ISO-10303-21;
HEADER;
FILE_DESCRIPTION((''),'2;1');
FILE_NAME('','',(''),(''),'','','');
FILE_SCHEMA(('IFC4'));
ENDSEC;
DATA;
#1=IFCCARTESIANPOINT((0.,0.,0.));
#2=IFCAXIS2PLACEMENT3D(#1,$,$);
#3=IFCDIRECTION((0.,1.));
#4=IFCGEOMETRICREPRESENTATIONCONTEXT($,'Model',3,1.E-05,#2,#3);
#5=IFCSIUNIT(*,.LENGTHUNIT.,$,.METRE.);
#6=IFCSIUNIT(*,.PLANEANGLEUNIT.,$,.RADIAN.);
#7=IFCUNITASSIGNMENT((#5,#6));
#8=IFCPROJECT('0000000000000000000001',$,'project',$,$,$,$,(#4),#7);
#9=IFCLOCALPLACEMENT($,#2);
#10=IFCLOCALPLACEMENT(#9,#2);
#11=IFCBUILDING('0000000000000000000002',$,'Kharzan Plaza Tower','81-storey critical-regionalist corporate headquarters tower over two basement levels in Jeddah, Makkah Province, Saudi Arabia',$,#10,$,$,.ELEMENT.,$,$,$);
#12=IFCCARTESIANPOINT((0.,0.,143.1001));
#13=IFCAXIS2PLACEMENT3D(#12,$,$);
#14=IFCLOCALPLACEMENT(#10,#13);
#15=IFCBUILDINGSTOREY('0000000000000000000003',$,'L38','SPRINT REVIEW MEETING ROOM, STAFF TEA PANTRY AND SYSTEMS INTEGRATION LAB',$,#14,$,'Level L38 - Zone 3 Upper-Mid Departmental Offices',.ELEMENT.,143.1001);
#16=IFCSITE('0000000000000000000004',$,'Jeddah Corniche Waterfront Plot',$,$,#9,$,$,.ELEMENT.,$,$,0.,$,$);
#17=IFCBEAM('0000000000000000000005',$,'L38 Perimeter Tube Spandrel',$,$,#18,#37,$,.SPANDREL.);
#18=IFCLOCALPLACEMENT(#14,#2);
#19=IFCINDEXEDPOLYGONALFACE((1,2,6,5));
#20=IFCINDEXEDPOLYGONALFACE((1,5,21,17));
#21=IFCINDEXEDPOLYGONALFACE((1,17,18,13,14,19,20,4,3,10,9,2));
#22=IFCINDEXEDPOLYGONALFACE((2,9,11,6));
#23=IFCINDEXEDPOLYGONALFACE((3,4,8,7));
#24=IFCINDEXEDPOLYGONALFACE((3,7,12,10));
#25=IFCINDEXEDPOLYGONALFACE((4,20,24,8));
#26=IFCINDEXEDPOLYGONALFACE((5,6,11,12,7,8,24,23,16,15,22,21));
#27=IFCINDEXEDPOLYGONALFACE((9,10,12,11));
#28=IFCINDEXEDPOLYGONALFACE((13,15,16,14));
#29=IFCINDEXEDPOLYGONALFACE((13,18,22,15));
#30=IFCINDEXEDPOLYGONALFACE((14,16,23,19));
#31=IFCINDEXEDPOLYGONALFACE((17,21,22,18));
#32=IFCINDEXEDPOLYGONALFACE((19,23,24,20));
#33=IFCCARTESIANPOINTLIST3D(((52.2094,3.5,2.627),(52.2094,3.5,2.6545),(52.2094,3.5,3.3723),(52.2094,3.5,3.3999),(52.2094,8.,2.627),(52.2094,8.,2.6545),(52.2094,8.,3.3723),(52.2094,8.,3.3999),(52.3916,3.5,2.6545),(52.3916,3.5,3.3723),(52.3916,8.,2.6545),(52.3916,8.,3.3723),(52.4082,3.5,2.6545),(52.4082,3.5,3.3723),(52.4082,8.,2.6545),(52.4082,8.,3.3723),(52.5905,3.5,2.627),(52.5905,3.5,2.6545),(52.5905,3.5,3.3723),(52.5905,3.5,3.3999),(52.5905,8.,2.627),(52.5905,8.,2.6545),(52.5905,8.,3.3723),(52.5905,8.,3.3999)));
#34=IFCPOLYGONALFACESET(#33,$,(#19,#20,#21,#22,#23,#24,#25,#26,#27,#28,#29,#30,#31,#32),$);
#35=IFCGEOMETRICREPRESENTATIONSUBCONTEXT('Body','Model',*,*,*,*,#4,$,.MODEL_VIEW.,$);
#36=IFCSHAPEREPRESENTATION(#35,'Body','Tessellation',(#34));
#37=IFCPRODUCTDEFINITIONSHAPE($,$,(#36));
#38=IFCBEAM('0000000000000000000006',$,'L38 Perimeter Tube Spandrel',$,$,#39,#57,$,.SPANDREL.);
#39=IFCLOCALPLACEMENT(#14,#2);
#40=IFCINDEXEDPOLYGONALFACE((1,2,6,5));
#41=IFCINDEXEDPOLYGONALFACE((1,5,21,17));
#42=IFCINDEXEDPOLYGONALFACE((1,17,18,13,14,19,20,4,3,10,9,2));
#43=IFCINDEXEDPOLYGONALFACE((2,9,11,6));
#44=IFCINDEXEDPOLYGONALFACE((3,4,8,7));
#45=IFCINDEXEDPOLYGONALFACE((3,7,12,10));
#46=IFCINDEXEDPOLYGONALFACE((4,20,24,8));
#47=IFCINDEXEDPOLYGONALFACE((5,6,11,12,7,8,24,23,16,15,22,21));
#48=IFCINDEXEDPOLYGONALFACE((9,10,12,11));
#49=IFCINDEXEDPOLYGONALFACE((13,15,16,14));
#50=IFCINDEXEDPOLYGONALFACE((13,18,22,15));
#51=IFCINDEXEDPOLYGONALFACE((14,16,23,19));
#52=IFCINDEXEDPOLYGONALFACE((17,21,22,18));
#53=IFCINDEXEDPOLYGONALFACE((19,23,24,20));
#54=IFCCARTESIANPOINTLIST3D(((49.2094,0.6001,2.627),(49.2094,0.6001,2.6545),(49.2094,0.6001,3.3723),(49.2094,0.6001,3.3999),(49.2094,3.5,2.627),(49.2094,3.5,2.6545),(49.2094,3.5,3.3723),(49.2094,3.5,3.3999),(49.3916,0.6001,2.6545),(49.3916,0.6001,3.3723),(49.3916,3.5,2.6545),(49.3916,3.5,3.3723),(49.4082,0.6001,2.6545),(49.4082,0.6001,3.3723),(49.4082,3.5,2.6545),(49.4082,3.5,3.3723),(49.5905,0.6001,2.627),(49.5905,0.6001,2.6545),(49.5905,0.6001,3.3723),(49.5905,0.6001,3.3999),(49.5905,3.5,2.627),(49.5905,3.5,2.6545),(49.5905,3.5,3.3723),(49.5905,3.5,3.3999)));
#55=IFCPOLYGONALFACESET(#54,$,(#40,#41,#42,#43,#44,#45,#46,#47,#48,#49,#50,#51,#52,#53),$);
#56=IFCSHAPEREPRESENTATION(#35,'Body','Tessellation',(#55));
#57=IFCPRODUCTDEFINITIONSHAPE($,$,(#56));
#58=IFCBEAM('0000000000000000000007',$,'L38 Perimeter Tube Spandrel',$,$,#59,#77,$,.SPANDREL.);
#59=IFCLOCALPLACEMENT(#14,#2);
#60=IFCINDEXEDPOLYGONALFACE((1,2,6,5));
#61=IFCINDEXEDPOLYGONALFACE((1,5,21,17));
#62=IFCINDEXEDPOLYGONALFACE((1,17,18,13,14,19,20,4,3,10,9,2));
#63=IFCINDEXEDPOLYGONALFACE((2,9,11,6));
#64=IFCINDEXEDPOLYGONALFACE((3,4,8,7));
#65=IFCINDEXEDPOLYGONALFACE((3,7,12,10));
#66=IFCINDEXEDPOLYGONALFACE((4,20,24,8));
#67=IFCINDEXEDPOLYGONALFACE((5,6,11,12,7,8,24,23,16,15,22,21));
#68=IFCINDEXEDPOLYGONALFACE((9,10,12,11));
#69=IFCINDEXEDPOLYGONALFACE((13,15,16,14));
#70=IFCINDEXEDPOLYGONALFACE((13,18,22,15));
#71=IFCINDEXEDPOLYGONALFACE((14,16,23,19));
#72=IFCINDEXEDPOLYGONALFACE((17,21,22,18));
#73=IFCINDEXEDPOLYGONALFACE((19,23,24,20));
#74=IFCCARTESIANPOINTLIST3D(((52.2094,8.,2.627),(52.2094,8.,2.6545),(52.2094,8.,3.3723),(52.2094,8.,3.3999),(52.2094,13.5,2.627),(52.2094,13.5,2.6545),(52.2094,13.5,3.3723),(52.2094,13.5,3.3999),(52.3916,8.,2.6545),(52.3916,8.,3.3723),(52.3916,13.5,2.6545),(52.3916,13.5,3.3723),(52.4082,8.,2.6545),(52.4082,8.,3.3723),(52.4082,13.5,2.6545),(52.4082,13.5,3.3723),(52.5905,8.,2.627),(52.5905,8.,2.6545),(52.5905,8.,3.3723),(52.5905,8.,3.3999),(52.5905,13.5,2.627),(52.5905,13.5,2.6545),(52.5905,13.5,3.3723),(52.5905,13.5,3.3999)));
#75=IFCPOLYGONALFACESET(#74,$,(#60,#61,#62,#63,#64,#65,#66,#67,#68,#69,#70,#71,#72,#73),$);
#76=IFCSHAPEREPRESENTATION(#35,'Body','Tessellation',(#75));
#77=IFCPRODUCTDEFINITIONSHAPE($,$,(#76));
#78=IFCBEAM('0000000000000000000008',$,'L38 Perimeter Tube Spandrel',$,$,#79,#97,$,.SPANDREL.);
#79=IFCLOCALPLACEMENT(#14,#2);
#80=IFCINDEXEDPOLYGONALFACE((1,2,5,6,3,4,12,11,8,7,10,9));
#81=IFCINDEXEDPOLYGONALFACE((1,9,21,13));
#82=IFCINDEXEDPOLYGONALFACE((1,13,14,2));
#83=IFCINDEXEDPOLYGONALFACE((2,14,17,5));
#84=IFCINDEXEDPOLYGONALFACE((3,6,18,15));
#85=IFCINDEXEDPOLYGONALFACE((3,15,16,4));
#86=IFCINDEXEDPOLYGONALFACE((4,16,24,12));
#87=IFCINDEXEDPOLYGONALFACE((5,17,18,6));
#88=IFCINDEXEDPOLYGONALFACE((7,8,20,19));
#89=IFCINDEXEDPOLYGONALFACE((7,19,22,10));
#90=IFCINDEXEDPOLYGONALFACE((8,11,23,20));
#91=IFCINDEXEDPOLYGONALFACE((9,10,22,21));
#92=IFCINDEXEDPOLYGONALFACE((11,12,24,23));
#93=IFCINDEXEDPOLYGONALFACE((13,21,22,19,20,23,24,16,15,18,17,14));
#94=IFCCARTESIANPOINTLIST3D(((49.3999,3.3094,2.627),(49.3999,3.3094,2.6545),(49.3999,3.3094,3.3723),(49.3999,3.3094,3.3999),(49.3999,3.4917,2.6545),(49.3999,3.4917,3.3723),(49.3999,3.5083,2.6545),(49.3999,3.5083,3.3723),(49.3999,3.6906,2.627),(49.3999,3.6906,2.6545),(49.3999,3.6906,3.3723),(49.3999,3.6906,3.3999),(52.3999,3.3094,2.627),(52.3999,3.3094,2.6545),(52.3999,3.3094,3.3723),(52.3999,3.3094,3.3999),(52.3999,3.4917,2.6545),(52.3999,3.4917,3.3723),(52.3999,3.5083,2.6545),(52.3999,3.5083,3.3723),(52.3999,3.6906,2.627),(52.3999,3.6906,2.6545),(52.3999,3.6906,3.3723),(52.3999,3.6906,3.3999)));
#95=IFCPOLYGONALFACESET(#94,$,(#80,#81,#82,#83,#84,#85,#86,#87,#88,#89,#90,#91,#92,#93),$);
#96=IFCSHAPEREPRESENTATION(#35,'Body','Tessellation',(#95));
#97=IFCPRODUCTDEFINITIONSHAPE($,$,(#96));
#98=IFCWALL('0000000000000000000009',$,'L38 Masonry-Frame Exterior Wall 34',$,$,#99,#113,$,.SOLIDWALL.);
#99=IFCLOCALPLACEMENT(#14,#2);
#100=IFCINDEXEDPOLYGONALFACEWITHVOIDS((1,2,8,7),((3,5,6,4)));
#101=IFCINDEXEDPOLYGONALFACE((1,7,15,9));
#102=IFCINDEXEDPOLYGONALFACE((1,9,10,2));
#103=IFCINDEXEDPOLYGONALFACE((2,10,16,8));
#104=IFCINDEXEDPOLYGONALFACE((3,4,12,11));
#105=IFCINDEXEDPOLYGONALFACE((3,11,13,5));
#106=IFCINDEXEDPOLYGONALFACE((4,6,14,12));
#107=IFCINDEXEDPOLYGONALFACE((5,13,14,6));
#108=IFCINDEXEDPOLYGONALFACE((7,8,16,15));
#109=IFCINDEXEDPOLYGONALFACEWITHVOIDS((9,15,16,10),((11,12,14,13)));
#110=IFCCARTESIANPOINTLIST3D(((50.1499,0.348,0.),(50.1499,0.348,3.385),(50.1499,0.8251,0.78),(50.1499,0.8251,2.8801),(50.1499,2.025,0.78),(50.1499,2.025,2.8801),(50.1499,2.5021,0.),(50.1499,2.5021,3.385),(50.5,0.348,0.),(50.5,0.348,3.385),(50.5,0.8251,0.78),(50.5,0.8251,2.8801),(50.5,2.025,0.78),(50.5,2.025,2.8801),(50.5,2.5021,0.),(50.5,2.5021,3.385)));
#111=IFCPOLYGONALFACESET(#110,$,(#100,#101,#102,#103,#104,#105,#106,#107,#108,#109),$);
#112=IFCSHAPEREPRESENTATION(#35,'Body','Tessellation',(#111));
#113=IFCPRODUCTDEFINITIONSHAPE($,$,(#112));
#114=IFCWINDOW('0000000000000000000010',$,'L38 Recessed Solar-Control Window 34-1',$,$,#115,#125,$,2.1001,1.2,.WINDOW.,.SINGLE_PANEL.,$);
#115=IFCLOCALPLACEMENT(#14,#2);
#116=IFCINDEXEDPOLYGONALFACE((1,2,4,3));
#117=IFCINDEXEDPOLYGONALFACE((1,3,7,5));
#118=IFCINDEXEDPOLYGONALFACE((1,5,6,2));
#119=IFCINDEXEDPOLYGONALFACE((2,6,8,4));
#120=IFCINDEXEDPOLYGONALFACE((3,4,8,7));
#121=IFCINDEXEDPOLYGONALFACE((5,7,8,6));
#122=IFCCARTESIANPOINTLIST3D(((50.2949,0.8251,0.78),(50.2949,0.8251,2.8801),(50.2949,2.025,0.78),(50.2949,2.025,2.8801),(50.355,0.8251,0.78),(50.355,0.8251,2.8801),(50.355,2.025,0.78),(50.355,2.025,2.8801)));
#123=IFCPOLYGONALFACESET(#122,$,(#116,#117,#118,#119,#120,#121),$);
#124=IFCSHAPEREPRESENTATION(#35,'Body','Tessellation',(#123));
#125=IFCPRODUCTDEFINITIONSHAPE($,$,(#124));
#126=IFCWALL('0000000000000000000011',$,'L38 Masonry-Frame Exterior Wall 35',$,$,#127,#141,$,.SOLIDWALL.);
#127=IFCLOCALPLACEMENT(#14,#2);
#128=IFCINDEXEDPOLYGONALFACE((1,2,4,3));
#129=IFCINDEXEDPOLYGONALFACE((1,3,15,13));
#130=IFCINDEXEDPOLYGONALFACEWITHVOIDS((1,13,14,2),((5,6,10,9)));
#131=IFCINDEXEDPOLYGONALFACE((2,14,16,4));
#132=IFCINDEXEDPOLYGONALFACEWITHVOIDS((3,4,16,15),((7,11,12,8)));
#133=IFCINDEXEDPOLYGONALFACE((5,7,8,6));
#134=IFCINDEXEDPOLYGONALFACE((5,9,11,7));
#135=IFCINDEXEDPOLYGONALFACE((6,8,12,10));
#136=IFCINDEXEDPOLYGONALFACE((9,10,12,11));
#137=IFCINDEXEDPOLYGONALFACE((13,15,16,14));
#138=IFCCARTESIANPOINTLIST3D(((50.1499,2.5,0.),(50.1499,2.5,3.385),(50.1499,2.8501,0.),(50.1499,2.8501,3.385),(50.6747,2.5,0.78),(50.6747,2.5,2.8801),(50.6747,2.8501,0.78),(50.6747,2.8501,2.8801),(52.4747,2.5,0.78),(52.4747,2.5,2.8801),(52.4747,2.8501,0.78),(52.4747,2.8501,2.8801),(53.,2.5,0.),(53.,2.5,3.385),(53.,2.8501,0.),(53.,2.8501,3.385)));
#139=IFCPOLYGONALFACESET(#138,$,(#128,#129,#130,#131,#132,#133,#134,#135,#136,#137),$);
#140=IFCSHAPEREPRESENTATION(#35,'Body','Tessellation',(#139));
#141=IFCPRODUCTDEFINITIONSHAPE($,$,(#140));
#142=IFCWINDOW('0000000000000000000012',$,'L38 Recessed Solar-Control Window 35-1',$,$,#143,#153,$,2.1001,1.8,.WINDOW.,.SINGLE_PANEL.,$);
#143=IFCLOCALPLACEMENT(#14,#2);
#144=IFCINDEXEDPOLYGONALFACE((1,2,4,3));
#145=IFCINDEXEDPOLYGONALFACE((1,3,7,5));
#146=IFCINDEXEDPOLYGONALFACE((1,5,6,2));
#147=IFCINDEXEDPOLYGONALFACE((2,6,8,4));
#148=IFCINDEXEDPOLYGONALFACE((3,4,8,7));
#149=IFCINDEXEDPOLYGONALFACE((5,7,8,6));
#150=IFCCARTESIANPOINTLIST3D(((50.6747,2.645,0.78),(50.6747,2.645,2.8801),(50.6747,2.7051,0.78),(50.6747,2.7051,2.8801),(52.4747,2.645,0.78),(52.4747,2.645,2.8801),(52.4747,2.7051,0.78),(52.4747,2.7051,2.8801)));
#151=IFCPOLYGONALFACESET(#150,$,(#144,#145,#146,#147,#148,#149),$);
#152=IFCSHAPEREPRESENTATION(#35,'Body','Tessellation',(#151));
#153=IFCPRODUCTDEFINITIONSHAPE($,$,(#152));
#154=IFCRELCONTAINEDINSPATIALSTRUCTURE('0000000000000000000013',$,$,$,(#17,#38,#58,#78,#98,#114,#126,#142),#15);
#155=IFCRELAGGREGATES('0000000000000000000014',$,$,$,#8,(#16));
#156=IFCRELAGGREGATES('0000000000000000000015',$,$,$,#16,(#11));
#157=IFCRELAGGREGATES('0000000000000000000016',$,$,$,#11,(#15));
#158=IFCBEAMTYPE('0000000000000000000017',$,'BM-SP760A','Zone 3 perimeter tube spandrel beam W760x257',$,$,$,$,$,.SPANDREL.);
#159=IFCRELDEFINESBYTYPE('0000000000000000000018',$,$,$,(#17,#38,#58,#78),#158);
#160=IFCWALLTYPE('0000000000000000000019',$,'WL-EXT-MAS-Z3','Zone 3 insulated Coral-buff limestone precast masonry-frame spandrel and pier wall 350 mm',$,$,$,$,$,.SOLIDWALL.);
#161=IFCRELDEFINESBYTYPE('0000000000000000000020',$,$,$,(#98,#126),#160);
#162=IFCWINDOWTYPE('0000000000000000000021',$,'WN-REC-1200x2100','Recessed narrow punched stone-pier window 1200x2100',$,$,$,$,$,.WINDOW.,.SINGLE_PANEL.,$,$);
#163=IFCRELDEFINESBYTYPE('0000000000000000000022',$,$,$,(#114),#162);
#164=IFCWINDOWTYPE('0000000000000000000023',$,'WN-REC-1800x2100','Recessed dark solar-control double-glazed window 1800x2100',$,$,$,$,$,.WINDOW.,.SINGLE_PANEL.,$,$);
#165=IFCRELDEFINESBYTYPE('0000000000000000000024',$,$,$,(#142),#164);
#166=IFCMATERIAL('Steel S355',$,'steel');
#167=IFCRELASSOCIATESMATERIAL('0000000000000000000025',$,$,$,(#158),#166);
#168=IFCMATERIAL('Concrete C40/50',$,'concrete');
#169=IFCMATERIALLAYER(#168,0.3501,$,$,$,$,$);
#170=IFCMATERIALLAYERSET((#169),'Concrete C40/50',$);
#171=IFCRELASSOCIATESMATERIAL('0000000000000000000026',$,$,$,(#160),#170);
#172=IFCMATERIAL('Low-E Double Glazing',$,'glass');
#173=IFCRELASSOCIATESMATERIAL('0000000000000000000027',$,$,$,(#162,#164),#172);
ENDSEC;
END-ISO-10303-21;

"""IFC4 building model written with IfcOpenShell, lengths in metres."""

from ifc_helpers import new_model, si_unit, direction, frame, frame_2d, origin, origin_2d, place, context, subcontext, project, spatial, rectangle, i_section, extrude, source, transform, mapped, material, layer, layer_set, material_profile, profile_set, type_object, element, fill, save


model = new_model("IFC4")

# Units and contexts
model_context = context("Model", 3, precision=1e-05, world=origin(), true_north=direction((0.0, 1.0)))
body_context = subcontext(model_context, "Body", "Model", "MODEL_VIEW")
ifc_project = project(units=[si_unit("LENGTHUNIT", "METRE"), si_unit("PLANEANGLEUNIT", "RADIAN")], contexts=[model_context])

# Site, building, storey
site_placement = place(None, origin())
site = spatial("IfcSite", under=ifc_project, at=site_placement, Name="Jeddah Corniche Waterfront Plot", CompositionType="ELEMENT", RefElevation=0.0)
building_placement = place(site_placement, origin())
building = spatial("IfcBuilding", under=site, at=building_placement, Name="Kharzan Plaza Tower", Description="81-storey critical-regionalist corporate headquarters tower over two basement levels in Jeddah, Makkah Province, Saudi Arabia", CompositionType="ELEMENT")
storey_placement = place(building_placement, frame((0.0, 0.0, 143.1001)))
storey = spatial("IfcBuildingStorey", under=building, at=storey_placement, Name="L38", Description="SPRINT REVIEW MEETING ROOM, STAFF TEA PANTRY AND SYSTEMS INTEGRATION LAB", LongName="Level L38 - Zone 3 Upper-Mid Departmental Offices", CompositionType="ELEMENT", Elevation=143.1001)

# Beams
ifc_material_1 = material(Name="Steel S355", Category="steel")
ifc_material_profile_1 = material_profile(ifc_material_1, i_section(OverallWidth=0.3811, OverallDepth=0.7729, WebThickness=0.0166, FlangeThickness=0.0276, at=origin_2d()), Name="W760x257")
ifc_profile_set_1 = profile_set([ifc_material_profile_1], Name="Steel S355")
beam_type_1 = type_object("IfcBeamType", Name="BM-SP760A", Description="Zone 3 perimeter tube spandrel beam W760x257", PredefinedType="SPANDREL", material=ifc_profile_set_1)
shared_shape_1 = source(origin(), body_context, "Body", "SweptSolid", [
    extrude(i_section(OverallWidth=0.3811, OverallDepth=0.7729, WebThickness=0.0166, FlangeThickness=0.0276, at=origin_2d()), origin(), (0.0, 0.0, 1.0), 4.5),
])
beam_1_placement = place(storey_placement, frame((52.3999, 3.5, 3.0134), z_axis=(0.0, 1.0, 0.0), x_axis=(-1.0, 0.0, 0.0)))
element("IfcBeam", 1, at=beam_1_placement, inside=storey, type_object=beam_type_1, Name="L38 Perimeter Tube Spandrel", PredefinedType="SPANDREL", context=body_context, shape_type="MappedRepresentation", body=[
    mapped(shared_shape_1, transform((0.0, 0.0, 0.0), x_axis=(1.0, 0.0, 0.0), y_axis=(0.0, 1.0, 0.0), z_axis=(0.0, 0.0, 1.0))),
])
shared_shape_2 = source(origin(), body_context, "Body", "SweptSolid", [
    extrude(i_section(OverallWidth=0.3811, OverallDepth=0.7729, WebThickness=0.0166, FlangeThickness=0.0276, at=origin_2d()), origin(), (0.0, 0.0, 1.0), 2.8999),
])
beam_2_placement = place(storey_placement, frame((49.3999, 0.6001, 3.0134), z_axis=(0.0, 1.0, 0.0), x_axis=(-1.0, 0.0, 0.0)))
element("IfcBeam", 2, at=beam_2_placement, inside=storey, type_object=beam_type_1, Name="L38 Perimeter Tube Spandrel", PredefinedType="SPANDREL", context=body_context, shape_type="MappedRepresentation", body=[
    mapped(shared_shape_2, transform((0.0, 0.0, 0.0), x_axis=(1.0, 0.0, 0.0), y_axis=(0.0, 1.0, 0.0), z_axis=(0.0, 0.0, 1.0))),
])
shared_shape_3 = source(origin(), body_context, "Body", "SweptSolid", [
    extrude(i_section(OverallWidth=0.3811, OverallDepth=0.7729, WebThickness=0.0166, FlangeThickness=0.0276, at=origin_2d()), origin(), (0.0, 0.0, 1.0), 5.5),
])
beam_3_placement = place(storey_placement, frame((52.3999, 8.0, 3.0134), z_axis=(0.0, 1.0, 0.0), x_axis=(-1.0, 0.0, 0.0)))
element("IfcBeam", 3, at=beam_3_placement, inside=storey, type_object=beam_type_1, Name="L38 Perimeter Tube Spandrel", PredefinedType="SPANDREL", context=body_context, shape_type="MappedRepresentation", body=[
    mapped(shared_shape_3, transform((0.0, 0.0, 0.0), x_axis=(1.0, 0.0, 0.0), y_axis=(0.0, 1.0, 0.0), z_axis=(0.0, 0.0, 1.0))),
])
shared_shape_4 = source(origin(), body_context, "Body", "SweptSolid", [
    extrude(i_section(OverallWidth=0.3811, OverallDepth=0.7729, WebThickness=0.0166, FlangeThickness=0.0276, at=origin_2d()), origin(), (0.0, 0.0, 1.0), 3.0),
])
beam_4_placement = place(storey_placement, frame((49.3999, 3.5, 3.0134), z_axis=(1.0, 0.0, 0.0), x_axis=(0.0, 1.0, 0.0)))
element("IfcBeam", 4, at=beam_4_placement, inside=storey, type_object=beam_type_1, Name="L38 Perimeter Tube Spandrel", PredefinedType="SPANDREL", context=body_context, shape_type="MappedRepresentation", body=[
    mapped(shared_shape_4, transform((0.0, 0.0, 0.0), x_axis=(1.0, 0.0, 0.0), y_axis=(0.0, 1.0, 0.0), z_axis=(0.0, 0.0, 1.0))),
])

# Walls, openings, windows
ifc_material_2 = material(Name="Concrete C40/50", Category="concrete")
ifc_layer_1 = layer(ifc_material_2, 0.3501)
ifc_layer_set_1 = layer_set([ifc_layer_1], Name="Concrete C40/50")
wall_type_1 = type_object("IfcWallType", Name="WL-EXT-MAS-Z3", Description="Zone 3 insulated Coral-buff limestone precast masonry-frame spandrel and pier wall 350 mm", PredefinedType="SOLIDWALL", material=ifc_layer_set_1)
wall_1_placement = place(storey_placement, frame((50.325, 0.3479, 0.0), z_axis=(0.0, 0.0, 1.0), x_axis=(0.0, 1.0, 0.0)))
wall_1 = element("IfcWall", 5, at=wall_1_placement, inside=storey, type_object=wall_type_1, Name="L38 Masonry-Frame Exterior Wall 34", PredefinedType="SOLIDWALL", context=body_context, shape_type="SweptSolid", body=[
    extrude(rectangle(XDim=2.1541, YDim=0.3501, at=frame_2d((1.0771, 0.0))), origin(), (0.0, 0.0, 1.0), 3.385),
])
opening_1_placement = place(wall_1_placement, frame((0.4771, 0.0, 0.78)))
opening_1 = element("IfcOpeningElement", 6, at=opening_1_placement, cuts=wall_1, PredefinedType="OPENING", context=body_context, shape_type="SweptSolid", body=[
    extrude(rectangle(XDim=1.2, YDim=2.1001, at=frame_2d((0.6001, 1.05))), frame((0.0, 0.1851, 0.0), z_axis=(0.0, -1.0, 0.0), x_axis=(1.0, 0.0, 0.0)), (0.0, 0.0, 1.0), 0.3701),
])
ifc_material_3 = material(Name="Low-E Double Glazing", Category="glass")
window_type_1 = type_object("IfcWindowType", Name="WN-REC-1200x2100", Description="Recessed narrow punched stone-pier window 1200x2100", PartitioningType="SINGLE_PANEL", PredefinedType="WINDOW", material=ifc_material_3)
shared_shape_5 = source(origin(), body_context, "Body", "SweptSolid", [
    extrude(rectangle(XDim=1.2, YDim=2.1001, at=frame_2d((0.6001, 1.05))), frame((0.0, 0.03, 0.0), z_axis=(0.0, -1.0, 0.0), x_axis=(1.0, 0.0, 0.0)), (0.0, 0.0, 1.0), 0.0601),
])
window_1_placement = place(opening_1_placement, origin())
window_1 = element("IfcWindow", 7, at=window_1_placement, inside=storey, type_object=window_type_1, Name="L38 Recessed Solar-Control Window 34-1", OverallHeight=2.1001, OverallWidth=1.2, PartitioningType="SINGLE_PANEL", PredefinedType="WINDOW", context=body_context, shape_type="MappedRepresentation", body=[
    mapped(shared_shape_5, transform((0.0, 0.0, 0.0), x_axis=(1.0, 0.0, 0.0), y_axis=(0.0, 1.0, 0.0), z_axis=(0.0, 0.0, 1.0))),
])
fill(opening_1, window_1)
wall_2_placement = place(storey_placement, frame((50.1499, 2.675, 0.0), z_axis=(0.0, 0.0, 1.0), x_axis=(1.0, 0.0, 0.0)))
wall_2 = element("IfcWall", 8, at=wall_2_placement, inside=storey, type_object=wall_type_1, Name="L38 Masonry-Frame Exterior Wall 35", PredefinedType="SOLIDWALL", context=body_context, shape_type="SweptSolid", body=[
    extrude(rectangle(XDim=2.8501, YDim=0.3501, at=frame_2d((1.425, 0.0))), origin(), (0.0, 0.0, 1.0), 3.385),
])
opening_2_placement = place(wall_2_placement, frame((0.5249, 0.0, 0.78)))
opening_2 = element("IfcOpeningElement", 9, at=opening_2_placement, cuts=wall_2, PredefinedType="OPENING", context=body_context, shape_type="SweptSolid", body=[
    extrude(rectangle(XDim=1.8, YDim=2.1001, at=frame_2d((0.8999, 1.05))), frame((0.0, 0.1851, 0.0), z_axis=(0.0, -1.0, 0.0), x_axis=(1.0, 0.0, 0.0)), (0.0, 0.0, 1.0), 0.3701),
])
window_type_2 = type_object("IfcWindowType", Name="WN-REC-1800x2100", Description="Recessed dark solar-control double-glazed window 1800x2100", PartitioningType="SINGLE_PANEL", PredefinedType="WINDOW", material=ifc_material_3)
shared_shape_6 = source(origin(), body_context, "Body", "SweptSolid", [
    extrude(rectangle(XDim=1.8, YDim=2.1001, at=frame_2d((0.8999, 1.05))), frame((0.0, 0.03, 0.0), z_axis=(0.0, -1.0, 0.0), x_axis=(1.0, 0.0, 0.0)), (0.0, 0.0, 1.0), 0.0601),
])
window_2_placement = place(opening_2_placement, origin())
window_2 = element("IfcWindow", 10, at=window_2_placement, inside=storey, type_object=window_type_2, Name="L38 Recessed Solar-Control Window 35-1", OverallHeight=2.1001, OverallWidth=1.8, PartitioningType="SINGLE_PANEL", PredefinedType="WINDOW", context=body_context, shape_type="MappedRepresentation", body=[
    mapped(shared_shape_6, transform((0.0, 0.0, 0.0), x_axis=(1.0, 0.0, 0.0), y_axis=(0.0, 1.0, 0.0), z_axis=(0.0, 0.0, 1.0))),
])
fill(opening_2, window_2)

save(model, "model.ifc")
